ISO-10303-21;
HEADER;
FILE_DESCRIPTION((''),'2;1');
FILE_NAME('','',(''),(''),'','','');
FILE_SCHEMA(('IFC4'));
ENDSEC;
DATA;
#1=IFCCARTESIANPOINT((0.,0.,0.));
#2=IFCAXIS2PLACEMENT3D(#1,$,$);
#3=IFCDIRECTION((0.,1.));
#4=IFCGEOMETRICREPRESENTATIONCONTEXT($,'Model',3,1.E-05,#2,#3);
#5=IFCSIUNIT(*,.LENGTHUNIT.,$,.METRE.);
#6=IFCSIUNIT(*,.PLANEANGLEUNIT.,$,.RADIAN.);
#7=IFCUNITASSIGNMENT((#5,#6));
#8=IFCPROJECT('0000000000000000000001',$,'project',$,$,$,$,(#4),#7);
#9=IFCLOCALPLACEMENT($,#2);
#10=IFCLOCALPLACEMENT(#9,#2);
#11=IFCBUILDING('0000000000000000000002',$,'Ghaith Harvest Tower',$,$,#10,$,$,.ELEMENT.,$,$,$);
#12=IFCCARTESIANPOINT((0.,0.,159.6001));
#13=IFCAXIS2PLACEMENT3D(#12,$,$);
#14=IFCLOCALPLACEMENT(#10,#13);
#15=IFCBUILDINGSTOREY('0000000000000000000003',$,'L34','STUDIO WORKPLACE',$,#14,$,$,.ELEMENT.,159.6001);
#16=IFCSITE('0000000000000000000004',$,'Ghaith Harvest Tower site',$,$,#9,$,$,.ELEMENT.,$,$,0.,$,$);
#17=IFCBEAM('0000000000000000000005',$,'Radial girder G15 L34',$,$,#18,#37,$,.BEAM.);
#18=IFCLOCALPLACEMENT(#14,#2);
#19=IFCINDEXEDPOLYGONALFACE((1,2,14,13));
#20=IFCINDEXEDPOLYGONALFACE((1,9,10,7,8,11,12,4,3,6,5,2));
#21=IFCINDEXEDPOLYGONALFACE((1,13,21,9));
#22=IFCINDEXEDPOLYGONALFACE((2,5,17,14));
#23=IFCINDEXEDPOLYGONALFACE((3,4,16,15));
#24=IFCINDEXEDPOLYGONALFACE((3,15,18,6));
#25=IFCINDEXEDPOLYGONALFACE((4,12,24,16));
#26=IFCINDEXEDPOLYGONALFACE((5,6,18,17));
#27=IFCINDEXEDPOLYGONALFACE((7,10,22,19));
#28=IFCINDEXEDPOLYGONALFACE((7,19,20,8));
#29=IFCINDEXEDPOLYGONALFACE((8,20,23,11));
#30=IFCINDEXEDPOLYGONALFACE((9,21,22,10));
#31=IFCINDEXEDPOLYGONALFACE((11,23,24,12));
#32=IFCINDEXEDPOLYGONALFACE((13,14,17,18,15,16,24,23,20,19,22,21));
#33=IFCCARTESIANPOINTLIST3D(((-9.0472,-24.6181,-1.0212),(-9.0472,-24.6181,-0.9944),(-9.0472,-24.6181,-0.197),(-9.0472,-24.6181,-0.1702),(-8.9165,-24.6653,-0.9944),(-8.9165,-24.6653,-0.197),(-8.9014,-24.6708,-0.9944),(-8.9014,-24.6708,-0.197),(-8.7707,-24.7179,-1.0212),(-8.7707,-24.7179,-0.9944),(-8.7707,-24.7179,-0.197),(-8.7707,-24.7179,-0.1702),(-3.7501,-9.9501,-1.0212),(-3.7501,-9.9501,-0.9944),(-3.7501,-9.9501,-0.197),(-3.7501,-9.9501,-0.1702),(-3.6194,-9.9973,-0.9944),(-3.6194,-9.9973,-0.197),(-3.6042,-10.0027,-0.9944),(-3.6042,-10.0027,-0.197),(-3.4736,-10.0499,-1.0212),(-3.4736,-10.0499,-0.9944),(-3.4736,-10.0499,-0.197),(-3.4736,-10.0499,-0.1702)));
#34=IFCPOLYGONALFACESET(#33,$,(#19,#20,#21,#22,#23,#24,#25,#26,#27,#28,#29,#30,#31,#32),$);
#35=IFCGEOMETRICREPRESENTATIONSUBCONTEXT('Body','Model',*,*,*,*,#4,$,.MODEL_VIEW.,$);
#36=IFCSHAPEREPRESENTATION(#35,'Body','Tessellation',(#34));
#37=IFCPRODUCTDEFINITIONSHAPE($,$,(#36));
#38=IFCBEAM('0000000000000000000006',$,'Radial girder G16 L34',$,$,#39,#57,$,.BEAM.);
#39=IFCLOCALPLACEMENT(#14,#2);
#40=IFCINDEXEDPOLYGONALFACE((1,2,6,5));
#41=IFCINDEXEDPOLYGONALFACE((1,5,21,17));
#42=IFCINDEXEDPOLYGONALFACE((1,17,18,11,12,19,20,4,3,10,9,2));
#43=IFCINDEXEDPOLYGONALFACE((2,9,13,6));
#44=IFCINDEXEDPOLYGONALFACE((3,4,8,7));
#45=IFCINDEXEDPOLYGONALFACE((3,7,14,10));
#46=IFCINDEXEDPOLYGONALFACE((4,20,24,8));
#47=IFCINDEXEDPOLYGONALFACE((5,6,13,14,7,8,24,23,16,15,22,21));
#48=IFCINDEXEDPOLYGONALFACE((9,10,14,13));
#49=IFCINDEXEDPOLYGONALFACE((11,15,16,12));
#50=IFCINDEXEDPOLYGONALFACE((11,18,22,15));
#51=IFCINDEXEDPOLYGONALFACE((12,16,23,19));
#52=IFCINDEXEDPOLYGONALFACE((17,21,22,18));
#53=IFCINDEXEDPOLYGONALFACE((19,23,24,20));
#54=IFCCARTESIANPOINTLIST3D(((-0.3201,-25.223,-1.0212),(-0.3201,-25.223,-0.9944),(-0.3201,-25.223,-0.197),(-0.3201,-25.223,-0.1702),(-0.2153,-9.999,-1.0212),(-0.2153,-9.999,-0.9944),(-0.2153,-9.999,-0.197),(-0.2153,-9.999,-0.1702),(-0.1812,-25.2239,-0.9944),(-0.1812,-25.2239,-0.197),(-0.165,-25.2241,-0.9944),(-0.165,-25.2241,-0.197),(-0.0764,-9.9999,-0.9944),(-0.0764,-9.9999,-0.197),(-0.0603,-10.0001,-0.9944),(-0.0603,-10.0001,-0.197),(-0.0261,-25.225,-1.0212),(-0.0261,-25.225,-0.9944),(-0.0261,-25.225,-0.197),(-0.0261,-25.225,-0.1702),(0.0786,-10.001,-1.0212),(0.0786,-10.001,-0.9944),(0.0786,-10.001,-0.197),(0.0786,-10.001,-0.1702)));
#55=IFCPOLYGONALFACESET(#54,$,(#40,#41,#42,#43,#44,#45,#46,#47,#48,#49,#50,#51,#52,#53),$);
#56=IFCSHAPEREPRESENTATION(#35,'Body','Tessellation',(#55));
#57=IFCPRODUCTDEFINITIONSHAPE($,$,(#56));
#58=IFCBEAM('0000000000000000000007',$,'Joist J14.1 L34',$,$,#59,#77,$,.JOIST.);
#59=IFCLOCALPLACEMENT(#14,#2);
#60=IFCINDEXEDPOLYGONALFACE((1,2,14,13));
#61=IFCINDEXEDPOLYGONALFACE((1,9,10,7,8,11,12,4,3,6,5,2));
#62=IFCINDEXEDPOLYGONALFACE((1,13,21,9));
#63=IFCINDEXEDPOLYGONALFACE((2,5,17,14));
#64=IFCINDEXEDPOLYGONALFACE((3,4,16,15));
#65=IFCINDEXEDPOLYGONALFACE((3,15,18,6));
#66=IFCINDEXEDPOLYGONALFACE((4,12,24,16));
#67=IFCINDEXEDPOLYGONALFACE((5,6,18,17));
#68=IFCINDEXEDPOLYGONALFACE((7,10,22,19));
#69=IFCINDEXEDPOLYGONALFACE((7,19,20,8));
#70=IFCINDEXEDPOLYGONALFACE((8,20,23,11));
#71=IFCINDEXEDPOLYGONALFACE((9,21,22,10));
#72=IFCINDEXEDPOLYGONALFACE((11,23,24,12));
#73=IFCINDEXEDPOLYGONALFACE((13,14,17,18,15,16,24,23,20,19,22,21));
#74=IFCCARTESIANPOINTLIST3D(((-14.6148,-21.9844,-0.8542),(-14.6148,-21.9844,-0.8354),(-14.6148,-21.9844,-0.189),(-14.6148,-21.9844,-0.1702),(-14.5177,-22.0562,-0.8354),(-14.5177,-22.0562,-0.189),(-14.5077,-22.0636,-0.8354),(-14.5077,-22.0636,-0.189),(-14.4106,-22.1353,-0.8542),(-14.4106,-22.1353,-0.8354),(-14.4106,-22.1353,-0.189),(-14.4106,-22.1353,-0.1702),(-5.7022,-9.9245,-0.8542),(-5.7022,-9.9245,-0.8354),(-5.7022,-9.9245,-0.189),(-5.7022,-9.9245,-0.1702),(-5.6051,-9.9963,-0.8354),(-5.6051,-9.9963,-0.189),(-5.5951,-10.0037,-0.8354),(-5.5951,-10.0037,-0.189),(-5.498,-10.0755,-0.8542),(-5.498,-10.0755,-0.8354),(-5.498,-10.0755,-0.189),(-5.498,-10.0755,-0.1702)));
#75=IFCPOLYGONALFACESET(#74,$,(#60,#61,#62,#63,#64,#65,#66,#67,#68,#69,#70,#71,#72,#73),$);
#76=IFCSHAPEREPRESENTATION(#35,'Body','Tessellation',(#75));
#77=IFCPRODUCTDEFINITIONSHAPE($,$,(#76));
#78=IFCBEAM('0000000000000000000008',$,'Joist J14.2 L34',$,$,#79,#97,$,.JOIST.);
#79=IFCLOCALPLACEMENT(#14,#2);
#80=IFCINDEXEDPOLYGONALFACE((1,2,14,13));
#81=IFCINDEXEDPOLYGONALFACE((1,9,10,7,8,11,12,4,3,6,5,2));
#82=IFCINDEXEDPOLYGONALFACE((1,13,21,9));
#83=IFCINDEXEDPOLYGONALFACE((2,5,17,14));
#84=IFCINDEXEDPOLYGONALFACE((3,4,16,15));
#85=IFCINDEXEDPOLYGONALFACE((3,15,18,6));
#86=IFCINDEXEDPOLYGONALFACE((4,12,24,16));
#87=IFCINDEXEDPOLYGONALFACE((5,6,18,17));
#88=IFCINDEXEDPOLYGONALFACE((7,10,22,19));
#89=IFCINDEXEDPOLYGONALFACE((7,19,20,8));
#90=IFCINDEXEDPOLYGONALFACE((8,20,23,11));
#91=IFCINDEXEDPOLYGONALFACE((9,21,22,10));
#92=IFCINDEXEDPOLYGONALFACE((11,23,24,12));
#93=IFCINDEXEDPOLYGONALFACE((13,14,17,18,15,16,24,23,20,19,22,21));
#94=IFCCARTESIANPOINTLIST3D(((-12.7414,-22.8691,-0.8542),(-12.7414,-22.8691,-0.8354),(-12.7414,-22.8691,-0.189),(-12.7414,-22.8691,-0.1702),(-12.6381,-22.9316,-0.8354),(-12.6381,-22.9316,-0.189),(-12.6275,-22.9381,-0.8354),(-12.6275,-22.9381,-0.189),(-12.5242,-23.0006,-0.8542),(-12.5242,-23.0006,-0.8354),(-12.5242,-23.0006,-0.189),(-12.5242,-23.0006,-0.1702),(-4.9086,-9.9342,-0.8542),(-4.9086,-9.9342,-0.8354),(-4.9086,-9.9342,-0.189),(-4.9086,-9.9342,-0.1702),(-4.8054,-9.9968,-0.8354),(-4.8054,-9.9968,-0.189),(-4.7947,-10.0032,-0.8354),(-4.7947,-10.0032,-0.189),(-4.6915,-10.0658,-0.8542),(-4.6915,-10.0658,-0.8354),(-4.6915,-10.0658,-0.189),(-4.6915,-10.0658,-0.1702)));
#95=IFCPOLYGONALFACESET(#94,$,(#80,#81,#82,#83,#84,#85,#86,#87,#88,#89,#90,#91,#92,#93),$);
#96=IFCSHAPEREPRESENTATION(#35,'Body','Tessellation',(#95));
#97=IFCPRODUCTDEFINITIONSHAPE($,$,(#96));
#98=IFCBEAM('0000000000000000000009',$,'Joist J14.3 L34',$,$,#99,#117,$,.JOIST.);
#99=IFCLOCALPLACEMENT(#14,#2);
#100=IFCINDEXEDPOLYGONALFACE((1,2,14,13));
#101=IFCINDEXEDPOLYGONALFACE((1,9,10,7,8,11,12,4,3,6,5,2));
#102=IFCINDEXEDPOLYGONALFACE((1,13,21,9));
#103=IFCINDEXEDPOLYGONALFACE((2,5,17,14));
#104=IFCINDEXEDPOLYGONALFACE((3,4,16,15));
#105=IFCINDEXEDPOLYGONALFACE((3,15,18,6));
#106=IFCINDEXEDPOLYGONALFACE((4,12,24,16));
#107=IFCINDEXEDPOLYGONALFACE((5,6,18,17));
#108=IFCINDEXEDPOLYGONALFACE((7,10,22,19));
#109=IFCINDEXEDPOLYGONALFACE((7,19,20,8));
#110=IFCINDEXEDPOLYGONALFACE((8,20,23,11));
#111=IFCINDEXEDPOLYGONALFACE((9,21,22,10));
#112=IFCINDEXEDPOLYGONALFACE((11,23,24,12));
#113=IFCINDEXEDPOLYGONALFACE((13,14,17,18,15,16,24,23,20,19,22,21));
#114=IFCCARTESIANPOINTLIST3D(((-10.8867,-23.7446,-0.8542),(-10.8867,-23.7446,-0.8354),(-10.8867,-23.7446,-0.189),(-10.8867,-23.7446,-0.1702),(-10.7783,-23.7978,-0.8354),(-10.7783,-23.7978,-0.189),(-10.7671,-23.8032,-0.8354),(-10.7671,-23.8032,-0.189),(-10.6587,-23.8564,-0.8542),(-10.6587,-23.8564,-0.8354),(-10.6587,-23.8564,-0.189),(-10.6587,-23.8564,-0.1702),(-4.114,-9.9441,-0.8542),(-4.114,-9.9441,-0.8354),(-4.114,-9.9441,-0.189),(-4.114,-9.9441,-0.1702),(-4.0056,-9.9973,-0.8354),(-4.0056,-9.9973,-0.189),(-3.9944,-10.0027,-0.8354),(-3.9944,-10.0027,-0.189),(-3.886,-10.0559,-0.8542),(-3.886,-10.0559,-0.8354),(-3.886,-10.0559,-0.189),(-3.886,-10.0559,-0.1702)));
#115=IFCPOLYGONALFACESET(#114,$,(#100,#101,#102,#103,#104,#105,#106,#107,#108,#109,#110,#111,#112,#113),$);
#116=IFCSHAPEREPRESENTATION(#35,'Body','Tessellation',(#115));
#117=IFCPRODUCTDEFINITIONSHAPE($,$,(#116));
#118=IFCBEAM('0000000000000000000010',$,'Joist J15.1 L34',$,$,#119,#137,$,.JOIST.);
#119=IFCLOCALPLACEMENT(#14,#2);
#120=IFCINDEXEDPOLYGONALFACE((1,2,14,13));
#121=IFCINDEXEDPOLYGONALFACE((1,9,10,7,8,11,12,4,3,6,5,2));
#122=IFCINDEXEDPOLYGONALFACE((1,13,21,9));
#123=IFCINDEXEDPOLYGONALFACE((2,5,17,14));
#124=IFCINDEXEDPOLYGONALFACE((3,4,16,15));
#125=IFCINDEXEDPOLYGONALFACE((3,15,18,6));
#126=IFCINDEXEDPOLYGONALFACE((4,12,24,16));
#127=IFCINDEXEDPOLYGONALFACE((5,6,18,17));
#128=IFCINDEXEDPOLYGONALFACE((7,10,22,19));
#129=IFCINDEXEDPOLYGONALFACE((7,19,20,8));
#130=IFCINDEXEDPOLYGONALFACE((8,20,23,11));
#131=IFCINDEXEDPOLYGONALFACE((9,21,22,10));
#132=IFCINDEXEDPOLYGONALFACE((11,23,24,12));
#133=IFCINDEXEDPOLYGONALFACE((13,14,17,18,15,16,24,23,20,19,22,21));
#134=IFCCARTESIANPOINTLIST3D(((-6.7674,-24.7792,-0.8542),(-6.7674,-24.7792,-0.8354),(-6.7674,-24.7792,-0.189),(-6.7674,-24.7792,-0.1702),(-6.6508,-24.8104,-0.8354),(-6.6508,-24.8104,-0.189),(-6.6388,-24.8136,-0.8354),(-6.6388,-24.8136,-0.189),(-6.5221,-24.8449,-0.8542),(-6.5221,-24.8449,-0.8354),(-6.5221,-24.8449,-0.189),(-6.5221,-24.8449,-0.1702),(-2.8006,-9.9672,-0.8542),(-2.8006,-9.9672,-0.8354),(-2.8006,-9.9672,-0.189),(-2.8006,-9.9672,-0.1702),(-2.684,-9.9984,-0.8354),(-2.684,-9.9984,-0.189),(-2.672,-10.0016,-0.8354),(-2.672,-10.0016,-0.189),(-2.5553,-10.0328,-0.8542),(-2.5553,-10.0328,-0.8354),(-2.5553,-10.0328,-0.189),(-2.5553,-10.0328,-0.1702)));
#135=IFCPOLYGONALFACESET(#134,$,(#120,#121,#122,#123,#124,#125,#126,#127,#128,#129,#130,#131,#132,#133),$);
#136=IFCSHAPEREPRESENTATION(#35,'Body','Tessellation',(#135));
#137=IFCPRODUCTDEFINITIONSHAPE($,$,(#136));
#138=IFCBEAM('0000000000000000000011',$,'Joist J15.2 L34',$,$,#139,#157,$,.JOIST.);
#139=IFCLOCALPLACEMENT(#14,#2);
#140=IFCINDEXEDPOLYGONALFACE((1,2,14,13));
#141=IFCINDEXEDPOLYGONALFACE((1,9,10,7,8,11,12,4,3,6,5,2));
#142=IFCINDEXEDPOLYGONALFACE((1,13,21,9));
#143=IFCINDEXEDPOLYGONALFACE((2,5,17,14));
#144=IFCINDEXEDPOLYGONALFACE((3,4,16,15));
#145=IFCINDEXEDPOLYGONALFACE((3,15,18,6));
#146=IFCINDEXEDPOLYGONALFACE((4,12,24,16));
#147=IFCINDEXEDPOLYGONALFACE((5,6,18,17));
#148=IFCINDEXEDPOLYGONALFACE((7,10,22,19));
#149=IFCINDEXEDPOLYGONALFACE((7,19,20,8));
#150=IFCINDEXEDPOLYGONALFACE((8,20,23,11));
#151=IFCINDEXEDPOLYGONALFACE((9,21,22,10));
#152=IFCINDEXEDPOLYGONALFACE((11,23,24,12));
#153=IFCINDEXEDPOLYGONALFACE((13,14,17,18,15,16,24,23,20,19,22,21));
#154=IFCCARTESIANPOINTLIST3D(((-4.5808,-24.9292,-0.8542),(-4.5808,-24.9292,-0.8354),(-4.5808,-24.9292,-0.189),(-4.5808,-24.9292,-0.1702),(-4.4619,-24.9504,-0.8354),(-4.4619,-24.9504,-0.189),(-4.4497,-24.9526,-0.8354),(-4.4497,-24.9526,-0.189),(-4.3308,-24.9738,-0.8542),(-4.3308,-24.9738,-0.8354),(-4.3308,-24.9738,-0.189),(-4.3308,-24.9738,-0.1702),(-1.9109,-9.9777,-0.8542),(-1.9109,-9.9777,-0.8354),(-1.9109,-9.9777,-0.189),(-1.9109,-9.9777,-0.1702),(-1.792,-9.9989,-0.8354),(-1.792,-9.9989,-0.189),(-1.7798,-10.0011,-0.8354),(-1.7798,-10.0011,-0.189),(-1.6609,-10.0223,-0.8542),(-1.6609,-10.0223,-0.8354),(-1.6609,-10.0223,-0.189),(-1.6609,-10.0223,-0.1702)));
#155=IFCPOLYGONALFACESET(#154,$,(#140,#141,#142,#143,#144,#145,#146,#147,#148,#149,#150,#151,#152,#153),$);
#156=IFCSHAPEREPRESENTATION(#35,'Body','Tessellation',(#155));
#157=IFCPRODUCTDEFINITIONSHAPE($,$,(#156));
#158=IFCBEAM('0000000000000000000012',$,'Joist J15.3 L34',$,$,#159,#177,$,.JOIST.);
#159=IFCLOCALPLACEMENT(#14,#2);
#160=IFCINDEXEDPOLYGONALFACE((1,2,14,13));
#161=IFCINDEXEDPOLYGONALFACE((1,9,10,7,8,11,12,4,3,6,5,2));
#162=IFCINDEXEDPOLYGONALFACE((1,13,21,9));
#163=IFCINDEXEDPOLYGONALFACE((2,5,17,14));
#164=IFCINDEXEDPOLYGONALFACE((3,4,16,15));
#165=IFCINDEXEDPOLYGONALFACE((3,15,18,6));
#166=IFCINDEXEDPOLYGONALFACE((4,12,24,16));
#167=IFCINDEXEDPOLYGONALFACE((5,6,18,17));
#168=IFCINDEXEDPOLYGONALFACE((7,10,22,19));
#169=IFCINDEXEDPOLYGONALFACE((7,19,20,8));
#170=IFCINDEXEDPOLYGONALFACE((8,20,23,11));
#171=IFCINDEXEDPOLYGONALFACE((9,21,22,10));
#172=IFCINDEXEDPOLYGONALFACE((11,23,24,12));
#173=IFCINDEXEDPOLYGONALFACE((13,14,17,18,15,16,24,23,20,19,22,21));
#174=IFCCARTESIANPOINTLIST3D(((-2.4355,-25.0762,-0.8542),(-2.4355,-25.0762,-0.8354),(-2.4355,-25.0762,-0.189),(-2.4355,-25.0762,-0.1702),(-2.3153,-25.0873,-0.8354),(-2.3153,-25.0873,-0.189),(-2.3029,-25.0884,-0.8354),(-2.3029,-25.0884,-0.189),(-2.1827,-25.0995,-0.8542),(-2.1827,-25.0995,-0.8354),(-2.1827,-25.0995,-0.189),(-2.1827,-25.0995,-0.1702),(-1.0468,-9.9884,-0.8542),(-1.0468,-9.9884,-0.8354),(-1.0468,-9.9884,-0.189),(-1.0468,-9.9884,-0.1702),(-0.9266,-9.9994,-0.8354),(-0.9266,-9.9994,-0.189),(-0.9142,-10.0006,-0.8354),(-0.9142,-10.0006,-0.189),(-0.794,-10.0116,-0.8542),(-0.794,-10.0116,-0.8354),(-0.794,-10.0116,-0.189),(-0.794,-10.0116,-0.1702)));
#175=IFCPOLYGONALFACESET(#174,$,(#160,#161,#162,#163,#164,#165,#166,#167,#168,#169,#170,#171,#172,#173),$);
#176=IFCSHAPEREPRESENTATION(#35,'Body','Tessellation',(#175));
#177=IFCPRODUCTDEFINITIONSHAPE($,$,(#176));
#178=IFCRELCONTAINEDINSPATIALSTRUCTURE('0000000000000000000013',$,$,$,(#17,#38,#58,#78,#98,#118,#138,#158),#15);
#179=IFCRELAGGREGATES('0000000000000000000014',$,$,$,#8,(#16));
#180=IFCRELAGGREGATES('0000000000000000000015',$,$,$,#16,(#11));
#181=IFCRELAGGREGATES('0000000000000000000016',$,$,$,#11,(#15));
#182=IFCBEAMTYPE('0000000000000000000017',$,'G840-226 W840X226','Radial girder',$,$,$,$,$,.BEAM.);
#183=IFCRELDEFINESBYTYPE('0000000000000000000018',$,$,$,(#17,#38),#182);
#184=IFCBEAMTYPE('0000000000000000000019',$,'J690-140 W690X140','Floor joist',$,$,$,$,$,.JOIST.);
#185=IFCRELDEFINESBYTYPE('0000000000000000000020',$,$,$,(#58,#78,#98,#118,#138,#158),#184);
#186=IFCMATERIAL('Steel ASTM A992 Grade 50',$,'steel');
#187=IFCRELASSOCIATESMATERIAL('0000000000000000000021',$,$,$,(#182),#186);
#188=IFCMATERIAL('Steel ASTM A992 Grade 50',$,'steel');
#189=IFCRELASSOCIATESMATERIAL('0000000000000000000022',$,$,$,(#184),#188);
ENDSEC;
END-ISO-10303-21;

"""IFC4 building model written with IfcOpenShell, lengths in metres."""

from ifc_helpers import new_model, si_unit, direction, frame, origin, origin_2d, place, context, subcontext, project, spatial, i_section, extrude, material, material_profile, profile_set, type_object, element, save


model = new_model("IFC4")

# Units and contexts
model_context = context("Model", 3, precision=1e-05, world=origin(), true_north=direction((0.0, 1.0)))
body_context = subcontext(model_context, "Body", "Model", "MODEL_VIEW")
ifc_project = project(units=[si_unit("LENGTHUNIT", "METRE"), si_unit("PLANEANGLEUNIT", "RADIAN")], contexts=[model_context])

# Site, building, storey
site_placement = place(None, origin())
site = spatial("IfcSite", under=ifc_project, at=site_placement, Name="Ghaith Harvest Tower site", CompositionType="ELEMENT", RefElevation=0.0)
building_placement = place(site_placement, origin())
building = spatial("IfcBuilding", under=site, at=building_placement, Name="Ghaith Harvest Tower", CompositionType="ELEMENT")
storey_placement = place(building_placement, frame((0.0, 0.0, 159.6001)))
storey = spatial("IfcBuildingStorey", under=building, at=storey_placement, Name="L34", Description="STUDIO WORKPLACE", CompositionType="ELEMENT", Elevation=159.6001)

# Beams
ifc_material_1 = material(Name="Steel ASTM A992 Grade 50", Category="steel")
ifc_material_profile_1 = material_profile(ifc_material_1, i_section(OverallWidth=0.2939, OverallDepth=0.8511, WebThickness=0.0161, FlangeThickness=0.0269, at=origin_2d()), Name="W840X226")
ifc_profile_set_1 = profile_set([ifc_material_profile_1], Name="Steel ASTM A992 Grade 50")
beam_type_1 = type_object("IfcBeamType", Name="G840-226 W840X226", Description="Radial girder", PredefinedType="BEAM", material=ifc_profile_set_1)
beam_1_placement = place(storey_placement, frame((-3.6118, -10.0, -0.5957), z_axis=(-0.339664, -0.940547, 0.0), x_axis=(0.940547, -0.339664, 0.0)))
element("IfcBeam", 1, at=beam_1_placement, inside=storey, type_object=beam_type_1, Name="Radial girder G15 L34", PredefinedType="BEAM", context=body_context, shape_type="SweptSolid", body=[
    extrude(i_section(OverallWidth=0.2939, OverallDepth=0.8511, WebThickness=0.0161, FlangeThickness=0.0269, at=origin_2d()), origin(), (0.0, 0.0, 1.0), 15.5952),
])
beam_2_placement = place(storey_placement, frame((-0.0684, -10.0, -0.5957), z_axis=(-0.006879, -0.999976, 0.0), x_axis=(0.999976, -0.006879, 0.0)))
element("IfcBeam", 2, at=beam_2_placement, inside=storey, type_object=beam_type_1, Name="Radial girder G16 L34", PredefinedType="BEAM", context=body_context, shape_type="SweptSolid", body=[
    extrude(i_section(OverallWidth=0.2939, OverallDepth=0.8511, WebThickness=0.0161, FlangeThickness=0.0269, at=origin_2d()), origin(), (0.0, 0.0, 1.0), 15.2244),
])
ifc_material_2 = material(Name="Steel ASTM A992 Grade 50", Category="steel")
ifc_material_profile_2 = material_profile(ifc_material_2, i_section(OverallWidth=0.2539, OverallDepth=0.6841, WebThickness=0.0125, FlangeThickness=0.0188, at=origin_2d()), Name="W690X140")
ifc_profile_set_2 = profile_set([ifc_material_profile_2], Name="Steel ASTM A992 Grade 50")
beam_type_2 = type_object("IfcBeamType", Name="J690-140 W690X140", Description="Floor joist", PredefinedType="JOIST", material=ifc_profile_set_2)
beam_3_placement = place(storey_placement, frame((-5.6001, -10.0, -0.5122), z_axis=(-0.59434, -0.804214, 0.0), x_axis=(0.804214, -0.59434, 0.0)))
element("IfcBeam", 3, at=beam_3_placement, inside=storey, type_object=beam_type_2, Name="Joist J14.1 L34", PredefinedType="JOIST", context=body_context, shape_type="SweptSolid", body=[
    extrude(i_section(OverallWidth=0.2539, OverallDepth=0.6841, WebThickness=0.0125, FlangeThickness=0.0188, at=origin_2d()), origin(), (0.0, 0.0, 1.0), 14.9958),
])
beam_4_placement = place(storey_placement, frame((-4.8, -10.0, -0.5122), z_axis=(-0.517986, -0.855389, 0.0), x_axis=(0.855389, -0.517986, 0.0)))
element("IfcBeam", 4, at=beam_4_placement, inside=storey, type_object=beam_type_2, Name="Joist J14.2 L34", PredefinedType="JOIST", context=body_context, shape_type="SweptSolid", body=[
    extrude(i_section(OverallWidth=0.2539, OverallDepth=0.6841, WebThickness=0.0125, FlangeThickness=0.0188, at=origin_2d()), origin(), (0.0, 0.0, 1.0), 15.1216),
])
beam_5_placement = place(storey_placement, frame((-4.0, -10.0, -0.5122), z_axis=(-0.440563, -0.897722, 0.0), x_axis=(0.897722, -0.440563, 0.0)))
element("IfcBeam", 5, at=beam_5_placement, inside=storey, type_object=beam_type_2, Name="Joist J14.3 L34", PredefinedType="JOIST", context=body_context, shape_type="SweptSolid", body=[
    extrude(i_section(OverallWidth=0.2539, OverallDepth=0.6841, WebThickness=0.0125, FlangeThickness=0.0188, at=origin_2d()), origin(), (0.0, 0.0, 1.0), 15.3728),
])
beam_6_placement = place(storey_placement, frame((-2.678, -10.0, -0.5122), z_axis=(-0.258693, -0.96596, 0.0), x_axis=(0.96596, -0.258693, 0.0)))
element("IfcBeam", 6, at=beam_6_placement, inside=storey, type_object=beam_type_2, Name="Joist J15.1 L34", PredefinedType="JOIST", context=body_context, shape_type="SweptSolid", body=[
    extrude(i_section(OverallWidth=0.2539, OverallDepth=0.6841, WebThickness=0.0125, FlangeThickness=0.0188, at=origin_2d()), origin(), (0.0, 0.0, 1.0), 15.334),
])
beam_7_placement = place(storey_placement, frame((-1.7859, -10.0, -0.5122), z_axis=(-0.175792, -0.984427, 0.0), x_axis=(0.984427, -0.175792, 0.0)))
element("IfcBeam", 7, at=beam_7_placement, inside=storey, type_object=beam_type_2, Name="Joist J15.2 L34", PredefinedType="JOIST", context=body_context, shape_type="SweptSolid", body=[
    extrude(i_section(OverallWidth=0.2539, OverallDepth=0.6841, WebThickness=0.0125, FlangeThickness=0.0188, at=origin_2d()), origin(), (0.0, 0.0, 1.0), 15.188),
])
beam_8_placement = place(storey_placement, frame((-0.9204, -10.0, -0.5122), z_axis=(-0.091651, -0.995791, 0.0), x_axis=(0.995791, -0.091651, 0.0)))
element("IfcBeam", 8, at=beam_8_placement, inside=storey, type_object=beam_type_2, Name="Joist J15.3 L34", PredefinedType="JOIST", context=body_context, shape_type="SweptSolid", body=[
    extrude(i_section(OverallWidth=0.2539, OverallDepth=0.6841, WebThickness=0.0125, FlangeThickness=0.0188, at=origin_2d()), origin(), (0.0, 0.0, 1.0), 15.1516),
])

save(model, "model.ifc")
